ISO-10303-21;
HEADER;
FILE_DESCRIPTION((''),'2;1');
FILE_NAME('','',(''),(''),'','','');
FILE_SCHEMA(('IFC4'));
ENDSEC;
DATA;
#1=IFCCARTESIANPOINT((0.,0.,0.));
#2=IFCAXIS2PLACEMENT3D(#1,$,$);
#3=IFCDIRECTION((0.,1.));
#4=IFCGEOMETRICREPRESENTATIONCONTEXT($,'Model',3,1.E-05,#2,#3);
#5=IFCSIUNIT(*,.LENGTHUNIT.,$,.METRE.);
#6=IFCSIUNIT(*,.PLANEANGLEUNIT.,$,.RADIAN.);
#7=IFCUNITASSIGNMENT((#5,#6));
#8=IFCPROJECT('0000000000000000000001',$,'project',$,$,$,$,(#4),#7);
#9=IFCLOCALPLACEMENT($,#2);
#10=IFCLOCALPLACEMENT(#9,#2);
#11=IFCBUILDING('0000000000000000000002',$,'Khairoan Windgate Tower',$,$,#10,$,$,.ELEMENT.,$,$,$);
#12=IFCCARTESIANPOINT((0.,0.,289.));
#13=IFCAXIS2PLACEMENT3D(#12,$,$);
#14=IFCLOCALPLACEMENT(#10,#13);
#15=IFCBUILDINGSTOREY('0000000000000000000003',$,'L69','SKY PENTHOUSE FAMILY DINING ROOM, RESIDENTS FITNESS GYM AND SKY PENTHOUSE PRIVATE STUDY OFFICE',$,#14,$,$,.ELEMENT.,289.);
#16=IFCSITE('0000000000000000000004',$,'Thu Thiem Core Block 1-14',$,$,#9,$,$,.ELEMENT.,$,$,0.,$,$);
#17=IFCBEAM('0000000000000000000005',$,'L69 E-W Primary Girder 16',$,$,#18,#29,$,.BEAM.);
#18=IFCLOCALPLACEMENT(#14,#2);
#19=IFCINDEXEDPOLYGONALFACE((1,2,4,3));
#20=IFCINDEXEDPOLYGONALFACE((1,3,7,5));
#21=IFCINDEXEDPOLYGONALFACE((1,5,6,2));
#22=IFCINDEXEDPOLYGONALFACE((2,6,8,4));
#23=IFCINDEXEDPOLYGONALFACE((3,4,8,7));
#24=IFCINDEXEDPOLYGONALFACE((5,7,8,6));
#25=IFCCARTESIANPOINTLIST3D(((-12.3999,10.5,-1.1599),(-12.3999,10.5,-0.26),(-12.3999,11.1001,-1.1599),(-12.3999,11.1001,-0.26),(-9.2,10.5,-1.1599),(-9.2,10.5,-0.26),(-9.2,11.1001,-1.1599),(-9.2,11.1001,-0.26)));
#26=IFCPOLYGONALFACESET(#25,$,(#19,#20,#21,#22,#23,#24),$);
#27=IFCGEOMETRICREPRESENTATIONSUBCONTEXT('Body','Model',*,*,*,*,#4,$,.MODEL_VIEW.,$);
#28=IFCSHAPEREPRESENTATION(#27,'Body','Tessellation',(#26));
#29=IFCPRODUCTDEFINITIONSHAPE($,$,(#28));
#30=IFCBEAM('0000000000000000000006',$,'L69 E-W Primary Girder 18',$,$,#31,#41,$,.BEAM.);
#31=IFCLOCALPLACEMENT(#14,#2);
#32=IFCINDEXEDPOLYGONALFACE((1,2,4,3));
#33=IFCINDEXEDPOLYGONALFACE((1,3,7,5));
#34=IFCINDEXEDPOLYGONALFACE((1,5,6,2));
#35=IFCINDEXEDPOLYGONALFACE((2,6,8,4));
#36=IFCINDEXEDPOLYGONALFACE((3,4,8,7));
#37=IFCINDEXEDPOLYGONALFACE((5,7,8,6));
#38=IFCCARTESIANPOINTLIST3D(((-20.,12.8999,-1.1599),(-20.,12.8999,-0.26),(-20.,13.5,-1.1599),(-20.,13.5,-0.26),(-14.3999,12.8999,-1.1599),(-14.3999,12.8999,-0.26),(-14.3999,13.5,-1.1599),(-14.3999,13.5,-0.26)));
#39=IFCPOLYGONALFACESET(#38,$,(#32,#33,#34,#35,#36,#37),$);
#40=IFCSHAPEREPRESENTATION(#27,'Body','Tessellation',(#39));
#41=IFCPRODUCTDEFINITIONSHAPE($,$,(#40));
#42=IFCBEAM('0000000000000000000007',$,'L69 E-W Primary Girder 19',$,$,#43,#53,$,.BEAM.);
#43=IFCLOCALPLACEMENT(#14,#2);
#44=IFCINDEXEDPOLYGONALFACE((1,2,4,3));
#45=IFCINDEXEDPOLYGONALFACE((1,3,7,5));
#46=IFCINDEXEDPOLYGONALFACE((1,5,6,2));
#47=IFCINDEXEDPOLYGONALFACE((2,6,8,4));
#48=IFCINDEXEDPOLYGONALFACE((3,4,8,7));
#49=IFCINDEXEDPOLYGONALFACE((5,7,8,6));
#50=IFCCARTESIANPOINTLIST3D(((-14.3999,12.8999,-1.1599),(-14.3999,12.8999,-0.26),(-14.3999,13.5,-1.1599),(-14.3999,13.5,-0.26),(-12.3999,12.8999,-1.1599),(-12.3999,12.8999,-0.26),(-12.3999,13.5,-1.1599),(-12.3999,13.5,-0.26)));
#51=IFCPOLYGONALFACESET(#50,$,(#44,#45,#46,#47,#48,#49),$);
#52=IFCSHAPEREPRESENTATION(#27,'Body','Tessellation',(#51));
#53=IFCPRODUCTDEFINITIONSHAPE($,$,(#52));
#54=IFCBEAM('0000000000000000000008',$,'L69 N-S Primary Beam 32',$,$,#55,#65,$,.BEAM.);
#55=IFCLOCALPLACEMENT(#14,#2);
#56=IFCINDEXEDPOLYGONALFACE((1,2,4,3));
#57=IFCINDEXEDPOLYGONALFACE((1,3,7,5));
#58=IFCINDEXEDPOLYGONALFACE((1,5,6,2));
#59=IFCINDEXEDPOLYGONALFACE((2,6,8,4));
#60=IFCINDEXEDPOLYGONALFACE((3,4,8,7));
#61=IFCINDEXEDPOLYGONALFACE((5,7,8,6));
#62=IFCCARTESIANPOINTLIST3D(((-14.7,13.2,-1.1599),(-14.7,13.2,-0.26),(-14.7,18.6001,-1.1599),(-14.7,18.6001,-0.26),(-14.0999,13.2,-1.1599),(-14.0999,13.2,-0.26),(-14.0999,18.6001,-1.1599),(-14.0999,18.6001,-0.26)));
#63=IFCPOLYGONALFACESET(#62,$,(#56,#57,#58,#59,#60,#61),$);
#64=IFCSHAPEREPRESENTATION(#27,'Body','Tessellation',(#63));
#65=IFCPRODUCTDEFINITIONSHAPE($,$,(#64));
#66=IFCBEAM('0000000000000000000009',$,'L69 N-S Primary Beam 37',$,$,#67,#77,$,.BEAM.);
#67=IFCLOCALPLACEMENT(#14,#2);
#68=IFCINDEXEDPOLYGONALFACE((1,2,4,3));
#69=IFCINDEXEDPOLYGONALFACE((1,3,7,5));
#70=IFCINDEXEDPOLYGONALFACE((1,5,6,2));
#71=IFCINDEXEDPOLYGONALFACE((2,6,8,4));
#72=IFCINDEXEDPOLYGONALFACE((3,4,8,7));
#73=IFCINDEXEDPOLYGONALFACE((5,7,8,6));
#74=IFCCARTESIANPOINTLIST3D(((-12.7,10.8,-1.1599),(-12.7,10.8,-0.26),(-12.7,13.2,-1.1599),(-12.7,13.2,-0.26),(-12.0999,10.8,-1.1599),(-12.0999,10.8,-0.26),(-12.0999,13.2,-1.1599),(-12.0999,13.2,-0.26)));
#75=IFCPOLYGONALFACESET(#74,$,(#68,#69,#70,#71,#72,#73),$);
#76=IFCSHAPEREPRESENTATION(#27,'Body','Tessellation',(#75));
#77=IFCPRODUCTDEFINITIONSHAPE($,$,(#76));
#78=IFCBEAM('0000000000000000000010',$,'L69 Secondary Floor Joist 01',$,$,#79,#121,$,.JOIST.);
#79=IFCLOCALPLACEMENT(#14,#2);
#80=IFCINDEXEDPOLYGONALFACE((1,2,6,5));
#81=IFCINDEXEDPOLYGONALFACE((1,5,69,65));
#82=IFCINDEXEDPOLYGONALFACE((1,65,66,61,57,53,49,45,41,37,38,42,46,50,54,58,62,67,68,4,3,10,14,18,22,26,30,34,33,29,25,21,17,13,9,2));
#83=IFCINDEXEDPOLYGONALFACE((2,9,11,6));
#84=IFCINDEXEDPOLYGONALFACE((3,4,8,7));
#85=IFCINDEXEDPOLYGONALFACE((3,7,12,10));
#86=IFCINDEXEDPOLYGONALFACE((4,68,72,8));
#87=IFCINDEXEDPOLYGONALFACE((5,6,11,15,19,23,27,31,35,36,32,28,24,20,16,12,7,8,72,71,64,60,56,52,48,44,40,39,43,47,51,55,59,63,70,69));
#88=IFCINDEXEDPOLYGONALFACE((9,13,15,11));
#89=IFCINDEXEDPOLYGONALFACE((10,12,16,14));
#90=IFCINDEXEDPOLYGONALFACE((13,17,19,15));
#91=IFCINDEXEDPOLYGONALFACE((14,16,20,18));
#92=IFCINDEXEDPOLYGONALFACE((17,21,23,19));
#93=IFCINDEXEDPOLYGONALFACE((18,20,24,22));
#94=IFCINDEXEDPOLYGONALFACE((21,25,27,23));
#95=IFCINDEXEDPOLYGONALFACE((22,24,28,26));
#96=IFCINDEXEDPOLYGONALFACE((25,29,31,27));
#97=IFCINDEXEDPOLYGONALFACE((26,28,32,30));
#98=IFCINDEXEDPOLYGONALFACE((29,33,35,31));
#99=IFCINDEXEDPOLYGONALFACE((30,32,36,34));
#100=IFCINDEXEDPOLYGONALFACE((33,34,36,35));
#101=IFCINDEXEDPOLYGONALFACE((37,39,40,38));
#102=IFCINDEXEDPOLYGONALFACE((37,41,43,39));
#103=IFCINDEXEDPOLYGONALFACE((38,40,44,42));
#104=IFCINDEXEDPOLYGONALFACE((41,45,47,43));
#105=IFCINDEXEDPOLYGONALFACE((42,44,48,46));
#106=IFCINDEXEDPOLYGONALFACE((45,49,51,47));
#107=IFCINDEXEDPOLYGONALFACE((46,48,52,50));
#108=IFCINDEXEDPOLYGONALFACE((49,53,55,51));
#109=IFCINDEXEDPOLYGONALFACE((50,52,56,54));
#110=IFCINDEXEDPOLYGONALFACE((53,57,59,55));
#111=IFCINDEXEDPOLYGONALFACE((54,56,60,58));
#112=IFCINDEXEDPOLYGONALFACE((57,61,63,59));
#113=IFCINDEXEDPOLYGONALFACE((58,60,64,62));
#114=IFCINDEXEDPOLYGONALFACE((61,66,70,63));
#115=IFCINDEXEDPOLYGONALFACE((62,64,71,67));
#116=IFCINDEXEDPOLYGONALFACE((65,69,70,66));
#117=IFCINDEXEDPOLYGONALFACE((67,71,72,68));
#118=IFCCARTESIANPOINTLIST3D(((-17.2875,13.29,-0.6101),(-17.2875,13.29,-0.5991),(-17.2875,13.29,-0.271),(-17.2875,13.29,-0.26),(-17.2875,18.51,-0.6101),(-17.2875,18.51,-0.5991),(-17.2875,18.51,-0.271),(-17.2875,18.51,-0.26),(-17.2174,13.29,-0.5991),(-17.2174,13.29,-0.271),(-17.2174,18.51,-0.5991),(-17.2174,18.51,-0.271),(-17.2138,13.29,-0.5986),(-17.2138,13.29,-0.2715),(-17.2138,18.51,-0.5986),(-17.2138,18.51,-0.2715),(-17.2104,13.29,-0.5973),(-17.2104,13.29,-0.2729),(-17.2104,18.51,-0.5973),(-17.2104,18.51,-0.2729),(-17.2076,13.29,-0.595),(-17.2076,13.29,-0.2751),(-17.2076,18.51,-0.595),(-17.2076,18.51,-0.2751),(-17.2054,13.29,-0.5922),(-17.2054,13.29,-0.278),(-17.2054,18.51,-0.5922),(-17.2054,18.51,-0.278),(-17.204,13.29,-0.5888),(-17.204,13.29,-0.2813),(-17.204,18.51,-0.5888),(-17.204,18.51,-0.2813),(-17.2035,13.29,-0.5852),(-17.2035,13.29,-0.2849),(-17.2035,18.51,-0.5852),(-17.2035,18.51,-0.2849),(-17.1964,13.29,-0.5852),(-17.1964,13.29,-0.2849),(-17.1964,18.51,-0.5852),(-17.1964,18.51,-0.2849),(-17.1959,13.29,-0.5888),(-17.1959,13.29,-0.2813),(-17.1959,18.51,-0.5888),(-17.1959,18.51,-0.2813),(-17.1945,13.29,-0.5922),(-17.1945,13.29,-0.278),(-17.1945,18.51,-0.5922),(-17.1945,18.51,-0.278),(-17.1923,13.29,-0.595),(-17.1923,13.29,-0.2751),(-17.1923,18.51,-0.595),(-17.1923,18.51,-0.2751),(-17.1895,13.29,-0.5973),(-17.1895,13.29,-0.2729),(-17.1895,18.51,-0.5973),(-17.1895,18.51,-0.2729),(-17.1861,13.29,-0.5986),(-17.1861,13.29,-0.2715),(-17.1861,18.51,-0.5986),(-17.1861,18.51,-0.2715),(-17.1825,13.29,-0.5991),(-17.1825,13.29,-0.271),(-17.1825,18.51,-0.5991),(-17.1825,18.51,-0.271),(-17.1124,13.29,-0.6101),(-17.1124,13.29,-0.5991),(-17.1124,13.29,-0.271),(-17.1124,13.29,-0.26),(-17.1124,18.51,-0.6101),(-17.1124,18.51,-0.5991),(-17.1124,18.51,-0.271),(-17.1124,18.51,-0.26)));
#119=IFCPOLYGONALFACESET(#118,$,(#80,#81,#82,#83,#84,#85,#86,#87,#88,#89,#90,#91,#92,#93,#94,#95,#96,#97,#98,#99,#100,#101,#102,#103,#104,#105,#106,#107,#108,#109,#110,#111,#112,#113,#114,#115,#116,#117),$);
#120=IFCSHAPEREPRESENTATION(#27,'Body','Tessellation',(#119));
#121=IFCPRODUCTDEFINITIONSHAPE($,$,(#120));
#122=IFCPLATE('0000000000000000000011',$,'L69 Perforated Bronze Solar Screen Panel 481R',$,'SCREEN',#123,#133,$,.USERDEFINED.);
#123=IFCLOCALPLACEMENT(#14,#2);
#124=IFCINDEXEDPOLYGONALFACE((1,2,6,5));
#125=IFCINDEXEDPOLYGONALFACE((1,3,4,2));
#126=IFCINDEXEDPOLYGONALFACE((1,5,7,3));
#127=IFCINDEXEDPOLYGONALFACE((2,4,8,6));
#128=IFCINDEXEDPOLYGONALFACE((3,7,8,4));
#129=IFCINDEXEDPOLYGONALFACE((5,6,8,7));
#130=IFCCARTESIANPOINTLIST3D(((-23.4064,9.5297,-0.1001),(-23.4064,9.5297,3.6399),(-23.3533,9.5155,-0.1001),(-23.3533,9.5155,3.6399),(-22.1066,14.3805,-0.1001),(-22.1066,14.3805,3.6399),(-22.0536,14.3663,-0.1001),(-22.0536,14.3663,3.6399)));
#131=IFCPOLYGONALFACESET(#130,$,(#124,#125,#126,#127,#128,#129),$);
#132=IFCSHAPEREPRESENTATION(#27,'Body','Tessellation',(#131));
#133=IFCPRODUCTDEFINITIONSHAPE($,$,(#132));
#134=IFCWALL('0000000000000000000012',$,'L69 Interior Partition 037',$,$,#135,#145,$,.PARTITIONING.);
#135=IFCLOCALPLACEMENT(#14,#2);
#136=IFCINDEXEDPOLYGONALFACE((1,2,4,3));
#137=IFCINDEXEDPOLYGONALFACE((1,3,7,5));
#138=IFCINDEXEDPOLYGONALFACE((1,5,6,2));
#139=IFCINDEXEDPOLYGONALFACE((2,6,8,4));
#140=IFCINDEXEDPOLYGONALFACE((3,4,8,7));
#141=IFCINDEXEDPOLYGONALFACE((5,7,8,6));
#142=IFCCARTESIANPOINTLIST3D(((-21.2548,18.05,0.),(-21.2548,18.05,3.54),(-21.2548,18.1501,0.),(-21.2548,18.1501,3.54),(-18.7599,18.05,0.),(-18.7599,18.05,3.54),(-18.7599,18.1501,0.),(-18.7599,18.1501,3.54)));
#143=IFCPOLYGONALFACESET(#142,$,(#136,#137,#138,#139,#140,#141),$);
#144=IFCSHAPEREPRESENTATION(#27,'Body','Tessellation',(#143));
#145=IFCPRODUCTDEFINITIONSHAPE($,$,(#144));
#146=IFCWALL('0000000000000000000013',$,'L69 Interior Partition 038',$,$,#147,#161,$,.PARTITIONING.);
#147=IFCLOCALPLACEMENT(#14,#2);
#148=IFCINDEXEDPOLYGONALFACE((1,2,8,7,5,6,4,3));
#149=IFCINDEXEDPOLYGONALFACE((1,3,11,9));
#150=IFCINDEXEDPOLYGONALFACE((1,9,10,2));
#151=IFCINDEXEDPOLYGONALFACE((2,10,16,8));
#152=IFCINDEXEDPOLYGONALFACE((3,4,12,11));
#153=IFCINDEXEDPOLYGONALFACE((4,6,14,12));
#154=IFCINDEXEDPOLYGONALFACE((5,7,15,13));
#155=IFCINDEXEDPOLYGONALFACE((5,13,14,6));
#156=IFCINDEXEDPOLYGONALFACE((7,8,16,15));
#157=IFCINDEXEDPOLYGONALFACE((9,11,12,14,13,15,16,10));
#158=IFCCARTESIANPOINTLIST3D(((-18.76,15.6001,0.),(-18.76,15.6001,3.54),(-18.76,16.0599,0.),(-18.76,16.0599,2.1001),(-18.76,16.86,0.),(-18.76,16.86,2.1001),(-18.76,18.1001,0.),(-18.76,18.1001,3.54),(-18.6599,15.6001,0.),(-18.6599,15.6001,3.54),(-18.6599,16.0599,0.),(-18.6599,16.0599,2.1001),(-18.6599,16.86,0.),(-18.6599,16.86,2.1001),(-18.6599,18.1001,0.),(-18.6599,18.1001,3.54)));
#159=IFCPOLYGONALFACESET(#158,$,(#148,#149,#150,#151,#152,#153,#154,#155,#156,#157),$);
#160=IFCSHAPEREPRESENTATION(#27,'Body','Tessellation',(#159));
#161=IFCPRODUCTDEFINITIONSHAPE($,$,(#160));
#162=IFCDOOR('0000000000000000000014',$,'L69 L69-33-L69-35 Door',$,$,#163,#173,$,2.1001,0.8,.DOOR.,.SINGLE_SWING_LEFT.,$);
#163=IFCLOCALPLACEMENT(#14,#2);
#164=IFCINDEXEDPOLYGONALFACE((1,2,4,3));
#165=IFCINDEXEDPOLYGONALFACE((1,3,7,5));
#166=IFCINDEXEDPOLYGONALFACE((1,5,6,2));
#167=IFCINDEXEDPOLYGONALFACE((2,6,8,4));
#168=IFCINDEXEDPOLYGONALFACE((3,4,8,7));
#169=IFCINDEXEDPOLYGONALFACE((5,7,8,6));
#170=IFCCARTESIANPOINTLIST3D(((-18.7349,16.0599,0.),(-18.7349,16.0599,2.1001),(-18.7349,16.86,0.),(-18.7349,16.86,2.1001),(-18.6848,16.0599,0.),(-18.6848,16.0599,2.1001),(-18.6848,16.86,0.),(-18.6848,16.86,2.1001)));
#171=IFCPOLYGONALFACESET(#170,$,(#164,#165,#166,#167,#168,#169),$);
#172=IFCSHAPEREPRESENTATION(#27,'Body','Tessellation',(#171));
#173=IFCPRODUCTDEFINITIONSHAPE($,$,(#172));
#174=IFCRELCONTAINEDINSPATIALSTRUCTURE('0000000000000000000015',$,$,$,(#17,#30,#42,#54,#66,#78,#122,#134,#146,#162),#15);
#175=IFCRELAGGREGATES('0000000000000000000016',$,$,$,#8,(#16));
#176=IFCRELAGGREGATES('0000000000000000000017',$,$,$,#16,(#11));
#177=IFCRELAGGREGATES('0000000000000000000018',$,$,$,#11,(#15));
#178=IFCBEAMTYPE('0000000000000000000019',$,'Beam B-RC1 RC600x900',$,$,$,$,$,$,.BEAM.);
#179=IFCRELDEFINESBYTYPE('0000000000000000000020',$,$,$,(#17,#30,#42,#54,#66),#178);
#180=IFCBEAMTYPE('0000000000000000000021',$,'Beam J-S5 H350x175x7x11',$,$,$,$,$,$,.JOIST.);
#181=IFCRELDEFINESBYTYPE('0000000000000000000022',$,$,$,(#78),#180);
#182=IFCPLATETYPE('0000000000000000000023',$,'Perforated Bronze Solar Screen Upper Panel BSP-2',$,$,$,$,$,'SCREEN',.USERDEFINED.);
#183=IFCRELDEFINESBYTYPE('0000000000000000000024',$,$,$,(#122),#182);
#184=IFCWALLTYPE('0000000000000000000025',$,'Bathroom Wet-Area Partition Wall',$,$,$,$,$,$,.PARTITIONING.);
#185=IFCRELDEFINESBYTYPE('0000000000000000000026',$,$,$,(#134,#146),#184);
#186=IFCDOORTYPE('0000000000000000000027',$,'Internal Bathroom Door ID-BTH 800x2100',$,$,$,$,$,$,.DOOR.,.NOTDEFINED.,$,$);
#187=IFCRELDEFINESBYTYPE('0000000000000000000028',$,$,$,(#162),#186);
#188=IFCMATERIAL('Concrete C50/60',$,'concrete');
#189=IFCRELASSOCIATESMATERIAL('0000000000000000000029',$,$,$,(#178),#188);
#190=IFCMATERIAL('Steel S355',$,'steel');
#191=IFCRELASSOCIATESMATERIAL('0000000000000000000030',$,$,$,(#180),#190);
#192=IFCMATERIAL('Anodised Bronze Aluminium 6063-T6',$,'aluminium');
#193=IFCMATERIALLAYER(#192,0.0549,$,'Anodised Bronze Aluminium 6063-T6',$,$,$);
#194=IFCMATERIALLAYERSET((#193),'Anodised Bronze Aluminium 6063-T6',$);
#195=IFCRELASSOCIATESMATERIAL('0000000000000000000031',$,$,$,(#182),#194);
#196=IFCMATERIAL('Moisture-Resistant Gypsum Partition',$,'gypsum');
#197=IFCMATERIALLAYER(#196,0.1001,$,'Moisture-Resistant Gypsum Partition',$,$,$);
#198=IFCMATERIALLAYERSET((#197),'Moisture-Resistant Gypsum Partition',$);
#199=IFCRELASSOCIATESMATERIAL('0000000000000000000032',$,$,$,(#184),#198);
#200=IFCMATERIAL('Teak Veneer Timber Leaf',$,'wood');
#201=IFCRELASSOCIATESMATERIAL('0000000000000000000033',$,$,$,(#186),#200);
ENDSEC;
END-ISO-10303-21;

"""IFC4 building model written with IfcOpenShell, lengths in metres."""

from ifc_helpers import new_model, si_unit, direction, frame, frame_2d, origin, origin_2d, place, context, subcontext, project, spatial, rectangle, i_section, extrude, material, layer, layer_set, material_profile, profile_set, type_object, element, fill, save


model = new_model("IFC4")

# Units and contexts
model_context = context("Model", 3, precision=1e-05, world=origin(), true_north=direction((0.0, 1.0)))
body_context = subcontext(model_context, "Body", "Model", "MODEL_VIEW")
ifc_project = project(units=[si_unit("LENGTHUNIT", "METRE"), si_unit("PLANEANGLEUNIT", "RADIAN")], contexts=[model_context])

# Site, building, storey
site_placement = place(None, origin())
site = spatial("IfcSite", under=ifc_project, at=site_placement, Name="Thu Thiem Core Block 1-14", CompositionType="ELEMENT", RefElevation=0.0)
building_placement = place(site_placement, origin())
building = spatial("IfcBuilding", under=site, at=building_placement, Name="Khairoan Windgate Tower", CompositionType="ELEMENT")
storey_placement = place(building_placement, frame((0.0, 0.0, 289.0)))
storey = spatial("IfcBuildingStorey", under=building, at=storey_placement, Name="L69", Description="SKY PENTHOUSE FAMILY DINING ROOM, RESIDENTS FITNESS GYM AND SKY PENTHOUSE PRIVATE STUDY OFFICE", CompositionType="ELEMENT", Elevation=289.0)

# Beams
ifc_material_1 = material(Name="Concrete C50/60", Category="concrete")
ifc_material_profile_1 = material_profile(ifc_material_1, rectangle(XDim=0.6001, YDim=0.8999, at=origin_2d()))
ifc_profile_set_1 = profile_set([ifc_material_profile_1], Name="Concrete C50/60")
beam_type_1 = type_object("IfcBeamType", Name="Beam B-RC1 RC600x900", PredefinedType="BEAM", material=ifc_profile_set_1)
beam_1_placement = place(storey_placement, frame((-12.3999, 10.8, -0.71), z_axis=(1.0, 0.0, 0.0), x_axis=(0.0, 1.0, 0.0)))
element("IfcBeam", 1, at=beam_1_placement, inside=storey, type_object=beam_type_1, Name="L69 E-W Primary Girder 16", PredefinedType="BEAM", context=body_context, shape_type="SweptSolid", body=[
    extrude(rectangle(XDim=0.6001, YDim=0.8999, at=origin_2d()), origin(), (0.0, 0.0, 1.0), 3.2),
])
beam_2_placement = place(storey_placement, frame((-20.0, 13.2, -0.71), z_axis=(1.0, 0.0, 0.0), x_axis=(0.0, 1.0, 0.0)))
element("IfcBeam", 2, at=beam_2_placement, inside=storey, type_object=beam_type_1, Name="L69 E-W Primary Girder 18", PredefinedType="BEAM", context=body_context, shape_type="SweptSolid", body=[
    extrude(rectangle(XDim=0.6001, YDim=0.8999, at=origin_2d()), origin(), (0.0, 0.0, 1.0), 5.6001),
])
beam_3_placement = place(storey_placement, frame((-14.3999, 13.2, -0.71), z_axis=(1.0, 0.0, 0.0), x_axis=(0.0, 1.0, 0.0)))
element("IfcBeam", 3, at=beam_3_placement, inside=storey, type_object=beam_type_1, Name="L69 E-W Primary Girder 19", PredefinedType="BEAM", context=body_context, shape_type="SweptSolid", body=[
    extrude(rectangle(XDim=0.6001, YDim=0.8999, at=origin_2d()), origin(), (0.0, 0.0, 1.0), 2.0),
])
beam_4_placement = place(storey_placement, frame((-14.3999, 13.2, -0.71), z_axis=(0.0, 1.0, 0.0), x_axis=(-1.0, 0.0, 0.0)))
element("IfcBeam", 4, at=beam_4_placement, inside=storey, type_object=beam_type_1, Name="L69 N-S Primary Beam 32", PredefinedType="BEAM", context=body_context, shape_type="SweptSolid", body=[
    extrude(rectangle(XDim=0.6001, YDim=0.8999, at=origin_2d()), origin(), (0.0, 0.0, 1.0), 5.4001),
])
beam_5_placement = place(storey_placement, frame((-12.3999, 10.8, -0.71), z_axis=(0.0, 1.0, 0.0), x_axis=(-1.0, 0.0, 0.0)))
element("IfcBeam", 5, at=beam_5_placement, inside=storey, type_object=beam_type_1, Name="L69 N-S Primary Beam 37", PredefinedType="BEAM", context=body_context, shape_type="SweptSolid", body=[
    extrude(rectangle(XDim=0.6001, YDim=0.8999, at=origin_2d()), origin(), (0.0, 0.0, 1.0), 2.3999),
])
ifc_material_2 = material(Name="Steel S355", Category="steel")
ifc_material_profile_2 = material_profile(ifc_material_2, i_section(OverallWidth=0.175, OverallDepth=0.3501, WebThickness=0.0071, FlangeThickness=0.011, FilletRadius=0.0139, at=origin_2d()))
ifc_profile_set_2 = profile_set([ifc_material_profile_2], Name="Steel S355")
beam_type_2 = type_object("IfcBeamType", Name="Beam J-S5 H350x175x7x11", PredefinedType="JOIST", material=ifc_profile_set_2)
beam_6_placement = place(storey_placement, frame((-17.2, 13.29, -0.4351), z_axis=(0.0, 1.0, 0.0), x_axis=(-1.0, 0.0, 0.0)))
element("IfcBeam", 6, at=beam_6_placement, inside=storey, type_object=beam_type_2, Name="L69 Secondary Floor Joist 01", PredefinedType="JOIST", context=body_context, shape_type="SweptSolid", body=[
    extrude(i_section(OverallWidth=0.175, OverallDepth=0.3501, WebThickness=0.0071, FlangeThickness=0.011, FilletRadius=0.0139, at=origin_2d()), origin(), (0.0, 0.0, 1.0), 5.22),
])

# Plate
ifc_material_3 = material(Name="Anodised Bronze Aluminium 6063-T6", Category="aluminium")
ifc_layer_1 = layer(ifc_material_3, 0.0549, Name="Anodised Bronze Aluminium 6063-T6")
ifc_layer_set_1 = layer_set([ifc_layer_1], Name="Anodised Bronze Aluminium 6063-T6")
plate_type = type_object("IfcPlateType", Name="Perforated Bronze Solar Screen Upper Panel BSP-2", ElementType="SCREEN", PredefinedType="USERDEFINED", material=ifc_layer_set_1)
plate_placement = place(storey_placement, frame((-22.73, 11.948, -0.1001), z_axis=(0.0, 0.0, 1.0), x_axis=(0.258819, 0.965926, 0.0)))
element("IfcPlate", 7, at=plate_placement, inside=storey, type_object=plate_type, Name="L69 Perforated Bronze Solar Screen Panel 481R", ObjectType="SCREEN", PredefinedType="USERDEFINED", context=body_context, shape_type="SweptSolid", body=[
    extrude(rectangle(XDim=5.022, YDim=0.0549, at=origin_2d()), origin(), (0.0, 0.0, 1.0), 3.74),
])

# Wall
ifc_material_4 = material(Name="Moisture-Resistant Gypsum Partition", Category="gypsum")
ifc_layer_2 = layer(ifc_material_4, 0.1001, Name="Moisture-Resistant Gypsum Partition")
ifc_layer_set_2 = layer_set([ifc_layer_2], Name="Moisture-Resistant Gypsum Partition")
wall_type_1 = type_object("IfcWallType", Name="Bathroom Wet-Area Partition Wall", PredefinedType="PARTITIONING", material=ifc_layer_set_2)
wall_1_placement = place(storey_placement, frame((-21.2549, 18.1001, 0.0), z_axis=(0.0, 0.0, 1.0), x_axis=(1.0, 0.0, 0.0)))
element("IfcWall", 8, at=wall_1_placement, inside=storey, type_object=wall_type_1, Name="L69 Interior Partition 037", PredefinedType="PARTITIONING", context=body_context, shape_type="SweptSolid", body=[
    extrude(rectangle(XDim=2.4949, YDim=0.1001, at=frame_2d((1.2476, 0.0))), origin(), (0.0, 0.0, 1.0), 3.54),
])

# Wall, opening, door
wall_2_placement = place(storey_placement, frame((-18.71, 15.6001, 0.0), z_axis=(0.0, 0.0, 1.0), x_axis=(0.0, 1.0, 0.0)))
wall_2 = element("IfcWall", 9, at=wall_2_placement, inside=storey, type_object=wall_type_1, Name="L69 Interior Partition 038", PredefinedType="PARTITIONING", context=body_context, shape_type="SweptSolid", body=[
    extrude(rectangle(XDim=2.5, YDim=0.1001, at=frame_2d((1.25, 0.0))), origin(), (0.0, 0.0, 1.0), 3.54),
])
opening_1_placement = place(wall_2_placement, frame((0.46, 0.0, 0.0)))
opening_1 = element("IfcOpeningElement", 10, at=opening_1_placement, cuts=wall_2, PredefinedType="OPENING", context=body_context, shape_type="SweptSolid", body=[
    extrude(rectangle(XDim=0.8, YDim=2.1001, at=frame_2d((0.3999, 1.05))), frame((0.0, 0.0601, 0.0), z_axis=(0.0, -1.0, 0.0), x_axis=(1.0, 0.0, 0.0)), (0.0, 0.0, 1.0), 0.1201),
])
ifc_material_5 = material(Name="Teak Veneer Timber Leaf", Category="wood")
door_type_1 = type_object("IfcDoorType", Name="Internal Bathroom Door ID-BTH 800x2100", OperationType="NOTDEFINED", PredefinedType="DOOR", material=ifc_material_5)
door_1_placement = place(opening_1_placement, origin())
door_1 = element("IfcDoor", 11, at=door_1_placement, inside=storey, type_object=door_type_1, Name="L69 L69-33-L69-35 Door", OperationType="SINGLE_SWING_LEFT", OverallHeight=2.1001, OverallWidth=0.8, PredefinedType="DOOR", context=body_context, shape_type="SweptSolid", body=[
    extrude(rectangle(XDim=0.8, YDim=2.1001, at=frame_2d((0.3999, 1.05))), frame((0.0, 0.0249, 0.0), z_axis=(0.0, -1.0, 0.0), x_axis=(1.0, 0.0, 0.0)), (0.0, 0.0, 1.0), 0.05),
])
fill(opening_1, door_1)

save(model, "model.ifc")
